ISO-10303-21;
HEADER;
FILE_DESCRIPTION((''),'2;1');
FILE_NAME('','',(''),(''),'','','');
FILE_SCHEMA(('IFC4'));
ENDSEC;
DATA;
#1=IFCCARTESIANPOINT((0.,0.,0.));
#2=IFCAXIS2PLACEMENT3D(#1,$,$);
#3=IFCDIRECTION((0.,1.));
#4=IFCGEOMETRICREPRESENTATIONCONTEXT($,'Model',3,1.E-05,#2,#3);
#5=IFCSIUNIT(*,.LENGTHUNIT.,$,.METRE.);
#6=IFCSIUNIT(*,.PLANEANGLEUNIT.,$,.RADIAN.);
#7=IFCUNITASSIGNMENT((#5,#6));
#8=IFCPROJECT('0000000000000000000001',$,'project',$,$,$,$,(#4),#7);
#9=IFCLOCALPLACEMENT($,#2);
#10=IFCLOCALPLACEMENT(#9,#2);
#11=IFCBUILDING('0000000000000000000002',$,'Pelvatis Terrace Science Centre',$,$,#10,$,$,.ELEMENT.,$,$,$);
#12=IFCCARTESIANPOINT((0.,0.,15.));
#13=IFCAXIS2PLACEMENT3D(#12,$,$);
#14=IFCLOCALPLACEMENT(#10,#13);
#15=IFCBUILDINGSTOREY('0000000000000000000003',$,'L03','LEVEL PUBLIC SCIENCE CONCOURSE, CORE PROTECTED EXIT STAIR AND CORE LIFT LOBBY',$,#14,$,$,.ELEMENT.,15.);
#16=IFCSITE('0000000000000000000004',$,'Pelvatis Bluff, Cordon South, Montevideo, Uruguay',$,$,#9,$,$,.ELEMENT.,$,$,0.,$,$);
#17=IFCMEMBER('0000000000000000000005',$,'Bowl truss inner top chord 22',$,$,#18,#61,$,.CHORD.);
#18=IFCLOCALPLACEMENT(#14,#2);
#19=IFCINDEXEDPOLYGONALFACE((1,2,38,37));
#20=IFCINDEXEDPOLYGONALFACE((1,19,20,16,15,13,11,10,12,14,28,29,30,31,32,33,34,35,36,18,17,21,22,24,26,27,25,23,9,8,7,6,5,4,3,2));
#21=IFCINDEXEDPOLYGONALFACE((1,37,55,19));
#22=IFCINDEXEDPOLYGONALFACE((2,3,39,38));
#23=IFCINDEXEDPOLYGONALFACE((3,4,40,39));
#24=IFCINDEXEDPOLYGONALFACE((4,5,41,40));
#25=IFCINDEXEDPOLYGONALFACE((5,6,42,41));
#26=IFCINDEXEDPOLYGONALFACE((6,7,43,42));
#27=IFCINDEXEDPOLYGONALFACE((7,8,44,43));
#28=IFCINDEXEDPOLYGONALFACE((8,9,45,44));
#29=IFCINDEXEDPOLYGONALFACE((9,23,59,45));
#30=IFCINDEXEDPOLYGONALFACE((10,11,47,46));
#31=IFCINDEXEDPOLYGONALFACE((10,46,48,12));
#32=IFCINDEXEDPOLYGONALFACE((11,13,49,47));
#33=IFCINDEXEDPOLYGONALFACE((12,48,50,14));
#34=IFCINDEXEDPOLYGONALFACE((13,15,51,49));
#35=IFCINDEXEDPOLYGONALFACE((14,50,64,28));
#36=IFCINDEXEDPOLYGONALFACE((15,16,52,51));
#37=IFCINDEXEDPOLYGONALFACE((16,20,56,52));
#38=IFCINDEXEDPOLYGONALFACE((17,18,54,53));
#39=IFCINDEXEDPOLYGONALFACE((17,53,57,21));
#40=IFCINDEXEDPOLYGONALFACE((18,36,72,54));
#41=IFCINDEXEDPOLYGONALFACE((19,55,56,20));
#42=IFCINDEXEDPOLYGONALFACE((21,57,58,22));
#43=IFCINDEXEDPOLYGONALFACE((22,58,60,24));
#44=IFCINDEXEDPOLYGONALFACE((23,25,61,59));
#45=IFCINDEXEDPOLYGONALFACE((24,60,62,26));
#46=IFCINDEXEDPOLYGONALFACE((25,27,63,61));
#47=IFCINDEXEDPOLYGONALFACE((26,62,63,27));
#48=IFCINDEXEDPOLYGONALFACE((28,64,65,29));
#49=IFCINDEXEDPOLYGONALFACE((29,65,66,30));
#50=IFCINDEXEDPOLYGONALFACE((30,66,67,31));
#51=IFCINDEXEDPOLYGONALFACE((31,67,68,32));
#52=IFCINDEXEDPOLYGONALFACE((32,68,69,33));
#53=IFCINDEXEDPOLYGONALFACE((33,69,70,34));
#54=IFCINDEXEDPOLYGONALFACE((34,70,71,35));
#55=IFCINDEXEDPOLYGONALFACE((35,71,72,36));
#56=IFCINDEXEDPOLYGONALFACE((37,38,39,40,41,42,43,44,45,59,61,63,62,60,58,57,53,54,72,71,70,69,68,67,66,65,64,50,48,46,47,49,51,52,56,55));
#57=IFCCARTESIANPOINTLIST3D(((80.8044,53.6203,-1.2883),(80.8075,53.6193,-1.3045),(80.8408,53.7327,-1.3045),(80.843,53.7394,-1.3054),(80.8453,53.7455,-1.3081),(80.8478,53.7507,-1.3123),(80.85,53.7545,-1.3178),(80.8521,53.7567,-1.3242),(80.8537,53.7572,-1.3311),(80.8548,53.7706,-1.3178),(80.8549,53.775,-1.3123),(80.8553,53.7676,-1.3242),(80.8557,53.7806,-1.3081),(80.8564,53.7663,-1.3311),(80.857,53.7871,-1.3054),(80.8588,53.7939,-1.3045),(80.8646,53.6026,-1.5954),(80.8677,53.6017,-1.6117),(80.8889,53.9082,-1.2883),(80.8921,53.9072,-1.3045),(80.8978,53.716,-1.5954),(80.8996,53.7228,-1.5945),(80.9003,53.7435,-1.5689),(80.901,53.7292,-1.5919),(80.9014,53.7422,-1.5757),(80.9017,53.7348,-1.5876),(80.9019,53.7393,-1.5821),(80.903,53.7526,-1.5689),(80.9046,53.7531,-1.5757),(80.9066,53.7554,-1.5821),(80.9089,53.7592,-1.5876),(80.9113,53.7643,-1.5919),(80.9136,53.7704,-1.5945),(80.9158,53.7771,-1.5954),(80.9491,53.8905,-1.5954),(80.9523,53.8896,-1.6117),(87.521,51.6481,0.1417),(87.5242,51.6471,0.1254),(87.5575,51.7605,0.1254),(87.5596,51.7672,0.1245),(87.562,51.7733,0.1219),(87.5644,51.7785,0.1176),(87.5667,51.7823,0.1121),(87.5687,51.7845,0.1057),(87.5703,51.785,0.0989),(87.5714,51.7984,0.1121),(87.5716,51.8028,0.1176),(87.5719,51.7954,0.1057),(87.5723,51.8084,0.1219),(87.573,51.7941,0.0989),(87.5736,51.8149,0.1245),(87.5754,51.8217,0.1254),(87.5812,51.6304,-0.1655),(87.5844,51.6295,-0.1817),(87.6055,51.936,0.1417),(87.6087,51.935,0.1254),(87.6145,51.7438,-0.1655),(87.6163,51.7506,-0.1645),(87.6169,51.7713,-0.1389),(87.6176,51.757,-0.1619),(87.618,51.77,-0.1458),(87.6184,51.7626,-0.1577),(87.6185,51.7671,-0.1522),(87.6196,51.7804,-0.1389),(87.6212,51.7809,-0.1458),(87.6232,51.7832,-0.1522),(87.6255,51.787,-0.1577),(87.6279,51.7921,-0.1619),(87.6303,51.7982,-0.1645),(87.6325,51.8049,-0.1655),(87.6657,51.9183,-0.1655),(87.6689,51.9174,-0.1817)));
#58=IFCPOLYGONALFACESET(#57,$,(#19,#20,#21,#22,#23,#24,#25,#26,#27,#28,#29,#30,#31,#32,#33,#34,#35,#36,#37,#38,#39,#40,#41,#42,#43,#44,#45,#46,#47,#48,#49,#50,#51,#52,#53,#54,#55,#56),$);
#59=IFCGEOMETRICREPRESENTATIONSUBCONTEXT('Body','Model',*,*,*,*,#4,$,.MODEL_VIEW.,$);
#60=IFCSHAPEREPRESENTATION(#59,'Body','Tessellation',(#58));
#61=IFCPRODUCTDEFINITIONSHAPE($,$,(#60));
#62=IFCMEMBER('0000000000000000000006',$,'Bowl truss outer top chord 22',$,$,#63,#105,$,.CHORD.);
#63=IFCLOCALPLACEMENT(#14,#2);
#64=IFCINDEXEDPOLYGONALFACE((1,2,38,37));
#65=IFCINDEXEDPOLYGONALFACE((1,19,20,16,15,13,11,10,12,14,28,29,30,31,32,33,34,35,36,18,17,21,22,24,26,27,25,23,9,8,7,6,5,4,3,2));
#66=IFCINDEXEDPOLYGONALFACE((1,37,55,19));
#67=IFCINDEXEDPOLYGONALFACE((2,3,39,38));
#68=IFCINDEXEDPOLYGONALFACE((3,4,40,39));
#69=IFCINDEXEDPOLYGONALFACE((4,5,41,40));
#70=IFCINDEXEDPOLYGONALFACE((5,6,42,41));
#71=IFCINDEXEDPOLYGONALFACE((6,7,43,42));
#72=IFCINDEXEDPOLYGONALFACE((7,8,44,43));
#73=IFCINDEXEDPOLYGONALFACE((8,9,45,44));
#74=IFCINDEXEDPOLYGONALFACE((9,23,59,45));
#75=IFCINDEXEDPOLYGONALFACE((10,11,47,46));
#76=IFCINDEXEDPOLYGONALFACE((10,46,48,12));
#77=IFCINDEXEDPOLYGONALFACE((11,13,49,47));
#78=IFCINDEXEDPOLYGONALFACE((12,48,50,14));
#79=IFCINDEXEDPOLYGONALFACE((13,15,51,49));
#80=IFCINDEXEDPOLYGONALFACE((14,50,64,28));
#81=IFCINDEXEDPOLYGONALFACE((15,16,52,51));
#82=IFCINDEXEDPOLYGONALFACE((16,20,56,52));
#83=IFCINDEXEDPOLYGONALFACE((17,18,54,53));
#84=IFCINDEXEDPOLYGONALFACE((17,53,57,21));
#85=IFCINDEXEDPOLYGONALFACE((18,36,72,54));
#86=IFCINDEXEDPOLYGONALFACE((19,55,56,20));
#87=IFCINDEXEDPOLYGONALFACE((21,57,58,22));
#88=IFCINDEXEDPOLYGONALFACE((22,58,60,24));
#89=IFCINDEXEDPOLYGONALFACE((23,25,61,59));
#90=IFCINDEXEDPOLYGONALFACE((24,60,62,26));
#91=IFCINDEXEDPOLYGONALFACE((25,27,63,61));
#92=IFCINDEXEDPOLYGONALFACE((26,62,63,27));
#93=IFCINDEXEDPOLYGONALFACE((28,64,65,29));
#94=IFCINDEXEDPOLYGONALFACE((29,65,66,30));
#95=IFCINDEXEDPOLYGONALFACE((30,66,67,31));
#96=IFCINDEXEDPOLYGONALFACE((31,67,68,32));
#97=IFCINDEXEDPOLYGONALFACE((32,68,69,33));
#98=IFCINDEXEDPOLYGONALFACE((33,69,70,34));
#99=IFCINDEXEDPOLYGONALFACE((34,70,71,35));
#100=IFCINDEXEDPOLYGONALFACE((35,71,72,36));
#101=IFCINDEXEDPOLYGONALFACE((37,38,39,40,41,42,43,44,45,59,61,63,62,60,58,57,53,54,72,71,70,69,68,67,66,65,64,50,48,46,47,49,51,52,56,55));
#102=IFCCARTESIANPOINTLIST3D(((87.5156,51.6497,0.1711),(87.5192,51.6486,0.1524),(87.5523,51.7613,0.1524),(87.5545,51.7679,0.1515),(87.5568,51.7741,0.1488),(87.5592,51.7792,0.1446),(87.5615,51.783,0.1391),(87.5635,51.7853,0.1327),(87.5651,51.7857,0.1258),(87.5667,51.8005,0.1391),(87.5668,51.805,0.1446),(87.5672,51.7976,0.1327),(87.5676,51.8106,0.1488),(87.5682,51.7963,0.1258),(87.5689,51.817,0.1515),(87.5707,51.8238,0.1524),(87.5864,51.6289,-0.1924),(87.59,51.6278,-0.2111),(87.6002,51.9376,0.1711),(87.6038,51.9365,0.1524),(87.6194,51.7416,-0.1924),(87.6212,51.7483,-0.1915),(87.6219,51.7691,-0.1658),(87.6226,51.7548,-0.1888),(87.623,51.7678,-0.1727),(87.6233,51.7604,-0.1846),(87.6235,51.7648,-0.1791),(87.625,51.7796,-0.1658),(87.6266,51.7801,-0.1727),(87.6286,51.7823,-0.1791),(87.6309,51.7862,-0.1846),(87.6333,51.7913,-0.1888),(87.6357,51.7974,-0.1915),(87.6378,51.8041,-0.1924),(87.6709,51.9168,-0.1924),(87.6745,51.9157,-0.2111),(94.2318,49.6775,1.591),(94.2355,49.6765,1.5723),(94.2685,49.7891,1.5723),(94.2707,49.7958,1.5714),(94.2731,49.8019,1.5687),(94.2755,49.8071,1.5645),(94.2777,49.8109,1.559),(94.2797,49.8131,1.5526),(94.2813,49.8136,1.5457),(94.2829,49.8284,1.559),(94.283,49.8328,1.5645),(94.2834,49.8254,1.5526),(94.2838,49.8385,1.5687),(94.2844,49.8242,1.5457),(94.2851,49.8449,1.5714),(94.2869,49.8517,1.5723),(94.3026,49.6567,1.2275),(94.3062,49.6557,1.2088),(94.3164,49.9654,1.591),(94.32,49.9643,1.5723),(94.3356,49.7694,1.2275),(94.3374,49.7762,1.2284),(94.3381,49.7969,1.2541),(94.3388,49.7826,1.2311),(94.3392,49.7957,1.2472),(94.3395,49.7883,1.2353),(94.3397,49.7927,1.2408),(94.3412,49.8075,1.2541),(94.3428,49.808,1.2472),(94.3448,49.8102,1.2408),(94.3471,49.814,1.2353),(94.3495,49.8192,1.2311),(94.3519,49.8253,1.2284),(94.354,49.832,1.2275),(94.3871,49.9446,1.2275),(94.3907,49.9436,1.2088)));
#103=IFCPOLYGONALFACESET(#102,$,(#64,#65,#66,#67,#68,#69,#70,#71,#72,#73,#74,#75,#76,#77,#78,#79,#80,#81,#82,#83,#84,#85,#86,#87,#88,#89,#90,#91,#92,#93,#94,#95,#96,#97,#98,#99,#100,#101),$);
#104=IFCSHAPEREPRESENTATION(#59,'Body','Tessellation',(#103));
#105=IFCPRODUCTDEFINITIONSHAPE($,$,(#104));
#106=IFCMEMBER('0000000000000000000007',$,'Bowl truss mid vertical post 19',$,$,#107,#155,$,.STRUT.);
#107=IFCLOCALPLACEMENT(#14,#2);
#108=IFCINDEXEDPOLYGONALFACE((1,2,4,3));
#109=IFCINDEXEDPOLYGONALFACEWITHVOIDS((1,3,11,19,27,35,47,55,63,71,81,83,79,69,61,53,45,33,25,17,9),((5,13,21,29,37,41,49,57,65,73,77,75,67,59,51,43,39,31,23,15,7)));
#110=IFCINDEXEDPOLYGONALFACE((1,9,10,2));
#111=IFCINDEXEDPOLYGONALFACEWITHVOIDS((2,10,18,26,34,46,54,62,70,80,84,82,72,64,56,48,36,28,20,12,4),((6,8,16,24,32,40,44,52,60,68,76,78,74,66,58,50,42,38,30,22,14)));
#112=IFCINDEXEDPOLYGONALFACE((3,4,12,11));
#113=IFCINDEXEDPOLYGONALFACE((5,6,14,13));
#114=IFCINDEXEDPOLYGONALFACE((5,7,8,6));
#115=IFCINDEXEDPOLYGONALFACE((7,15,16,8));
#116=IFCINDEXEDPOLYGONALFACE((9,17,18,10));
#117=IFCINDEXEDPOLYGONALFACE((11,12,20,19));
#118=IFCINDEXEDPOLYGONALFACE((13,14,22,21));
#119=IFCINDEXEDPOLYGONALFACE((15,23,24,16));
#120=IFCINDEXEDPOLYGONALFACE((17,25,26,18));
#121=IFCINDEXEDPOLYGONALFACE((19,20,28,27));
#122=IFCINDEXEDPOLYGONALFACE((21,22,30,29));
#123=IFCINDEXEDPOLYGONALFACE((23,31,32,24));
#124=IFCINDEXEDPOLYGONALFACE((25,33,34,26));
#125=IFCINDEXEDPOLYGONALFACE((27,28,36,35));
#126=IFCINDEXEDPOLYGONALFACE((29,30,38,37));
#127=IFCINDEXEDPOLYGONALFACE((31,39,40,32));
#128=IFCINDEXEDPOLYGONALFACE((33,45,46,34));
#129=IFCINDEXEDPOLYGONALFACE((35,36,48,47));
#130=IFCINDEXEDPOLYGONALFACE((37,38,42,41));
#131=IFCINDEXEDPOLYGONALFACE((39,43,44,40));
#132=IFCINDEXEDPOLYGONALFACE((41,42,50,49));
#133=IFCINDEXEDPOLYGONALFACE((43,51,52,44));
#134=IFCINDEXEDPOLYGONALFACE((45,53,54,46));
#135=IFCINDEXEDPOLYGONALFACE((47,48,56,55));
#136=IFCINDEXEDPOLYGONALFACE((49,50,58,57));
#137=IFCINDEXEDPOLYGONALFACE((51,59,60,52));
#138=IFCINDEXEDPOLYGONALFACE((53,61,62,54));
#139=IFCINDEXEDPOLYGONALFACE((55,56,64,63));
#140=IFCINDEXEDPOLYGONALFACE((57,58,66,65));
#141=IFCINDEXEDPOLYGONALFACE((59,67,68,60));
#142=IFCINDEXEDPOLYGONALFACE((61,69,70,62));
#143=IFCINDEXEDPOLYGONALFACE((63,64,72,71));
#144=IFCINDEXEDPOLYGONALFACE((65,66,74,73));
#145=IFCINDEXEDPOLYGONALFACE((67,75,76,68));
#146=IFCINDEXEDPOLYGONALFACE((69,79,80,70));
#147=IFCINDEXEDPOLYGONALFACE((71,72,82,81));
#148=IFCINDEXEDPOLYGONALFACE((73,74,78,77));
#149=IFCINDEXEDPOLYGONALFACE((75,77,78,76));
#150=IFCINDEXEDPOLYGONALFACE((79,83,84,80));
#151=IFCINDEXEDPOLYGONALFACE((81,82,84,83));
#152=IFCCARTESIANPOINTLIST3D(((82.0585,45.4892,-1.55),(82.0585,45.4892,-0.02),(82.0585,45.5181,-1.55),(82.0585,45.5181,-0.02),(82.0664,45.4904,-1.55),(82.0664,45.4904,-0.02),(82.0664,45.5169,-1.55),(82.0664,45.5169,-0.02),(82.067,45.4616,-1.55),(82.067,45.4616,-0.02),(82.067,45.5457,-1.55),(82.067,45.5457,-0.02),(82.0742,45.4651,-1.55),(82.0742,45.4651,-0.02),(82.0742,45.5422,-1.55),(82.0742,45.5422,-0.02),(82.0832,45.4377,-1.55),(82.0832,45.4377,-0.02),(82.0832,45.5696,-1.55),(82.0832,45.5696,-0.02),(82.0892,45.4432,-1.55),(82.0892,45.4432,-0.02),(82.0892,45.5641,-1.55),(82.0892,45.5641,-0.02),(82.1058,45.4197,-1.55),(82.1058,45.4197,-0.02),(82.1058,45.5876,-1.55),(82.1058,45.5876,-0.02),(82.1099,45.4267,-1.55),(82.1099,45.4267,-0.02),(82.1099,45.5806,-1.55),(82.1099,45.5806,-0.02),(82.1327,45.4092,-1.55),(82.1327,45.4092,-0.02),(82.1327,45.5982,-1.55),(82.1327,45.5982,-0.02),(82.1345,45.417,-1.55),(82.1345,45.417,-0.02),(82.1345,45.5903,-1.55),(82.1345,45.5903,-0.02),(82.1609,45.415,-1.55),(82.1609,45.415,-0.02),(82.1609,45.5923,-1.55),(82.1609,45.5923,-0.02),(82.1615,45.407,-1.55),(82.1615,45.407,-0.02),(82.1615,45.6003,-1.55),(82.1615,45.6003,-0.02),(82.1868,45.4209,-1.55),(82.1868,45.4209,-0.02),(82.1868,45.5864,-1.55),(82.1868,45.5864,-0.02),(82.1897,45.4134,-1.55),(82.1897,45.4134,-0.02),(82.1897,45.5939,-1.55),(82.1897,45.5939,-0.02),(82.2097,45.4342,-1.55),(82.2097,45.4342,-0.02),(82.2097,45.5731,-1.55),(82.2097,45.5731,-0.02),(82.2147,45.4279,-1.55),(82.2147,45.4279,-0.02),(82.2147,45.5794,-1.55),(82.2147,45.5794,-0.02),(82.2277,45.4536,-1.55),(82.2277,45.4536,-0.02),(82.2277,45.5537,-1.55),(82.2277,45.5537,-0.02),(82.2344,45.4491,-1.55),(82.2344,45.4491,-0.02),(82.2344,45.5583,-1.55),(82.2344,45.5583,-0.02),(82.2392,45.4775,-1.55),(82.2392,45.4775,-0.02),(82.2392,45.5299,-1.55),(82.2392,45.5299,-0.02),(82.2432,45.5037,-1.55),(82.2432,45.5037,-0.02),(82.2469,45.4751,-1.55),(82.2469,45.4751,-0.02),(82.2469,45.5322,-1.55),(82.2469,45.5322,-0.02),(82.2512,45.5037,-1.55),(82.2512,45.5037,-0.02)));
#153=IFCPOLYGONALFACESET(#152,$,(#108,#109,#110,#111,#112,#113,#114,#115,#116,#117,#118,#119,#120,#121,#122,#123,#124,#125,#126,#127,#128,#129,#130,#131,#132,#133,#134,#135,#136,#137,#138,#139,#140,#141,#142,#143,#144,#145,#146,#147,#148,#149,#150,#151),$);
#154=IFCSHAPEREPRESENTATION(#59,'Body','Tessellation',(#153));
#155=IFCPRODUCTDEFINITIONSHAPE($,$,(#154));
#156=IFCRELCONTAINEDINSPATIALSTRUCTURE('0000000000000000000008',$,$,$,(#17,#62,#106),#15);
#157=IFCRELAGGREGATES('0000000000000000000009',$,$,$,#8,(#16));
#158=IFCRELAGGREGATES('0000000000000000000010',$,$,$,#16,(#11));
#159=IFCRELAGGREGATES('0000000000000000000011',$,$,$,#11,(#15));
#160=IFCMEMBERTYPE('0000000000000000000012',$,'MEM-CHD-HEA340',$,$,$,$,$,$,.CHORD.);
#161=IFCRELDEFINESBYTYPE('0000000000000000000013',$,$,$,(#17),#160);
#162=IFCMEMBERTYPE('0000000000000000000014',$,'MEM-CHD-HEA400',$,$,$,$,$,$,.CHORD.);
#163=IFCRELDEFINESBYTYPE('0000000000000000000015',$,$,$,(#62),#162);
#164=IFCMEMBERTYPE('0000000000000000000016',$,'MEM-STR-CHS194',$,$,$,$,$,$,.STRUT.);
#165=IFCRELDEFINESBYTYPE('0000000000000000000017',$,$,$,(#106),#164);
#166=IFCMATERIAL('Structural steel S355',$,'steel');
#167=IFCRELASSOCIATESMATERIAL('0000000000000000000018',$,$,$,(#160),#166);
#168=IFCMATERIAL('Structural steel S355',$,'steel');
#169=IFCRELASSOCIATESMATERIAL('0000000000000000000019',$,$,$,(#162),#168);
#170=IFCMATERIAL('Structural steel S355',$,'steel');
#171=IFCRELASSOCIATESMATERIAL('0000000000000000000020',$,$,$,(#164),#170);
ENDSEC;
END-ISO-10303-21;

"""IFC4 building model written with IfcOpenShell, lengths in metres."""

from ifc_helpers import new_model, si_unit, direction, frame, origin, origin_2d, place, context, subcontext, project, spatial, hollow_circle, i_section, extrude, material, material_profile, profile_set, type_object, element, save


model = new_model("IFC4")

# Units and contexts
model_context = context("Model", 3, precision=1e-05, world=origin(), true_north=direction((0.0, 1.0)))
body_context = subcontext(model_context, "Body", "Model", "MODEL_VIEW")
ifc_project = project(units=[si_unit("LENGTHUNIT", "METRE"), si_unit("PLANEANGLEUNIT", "RADIAN")], contexts=[model_context])

# Site, building, storey
site_placement = place(None, origin())
site = spatial("IfcSite", under=ifc_project, at=site_placement, Name="Pelvatis Bluff, Cordon South, Montevideo, Uruguay", CompositionType="ELEMENT", RefElevation=0.0)
building_placement = place(site_placement, origin())
building = spatial("IfcBuilding", under=site, at=building_placement, Name="Pelvatis Terrace Science Centre", CompositionType="ELEMENT")
storey_placement = place(building_placement, frame((0.0, 0.0, 15.0)))
storey = spatial("IfcBuildingStorey", under=building, at=storey_placement, Name="L03", Description="LEVEL PUBLIC SCIENCE CONCOURSE, CORE PROTECTED EXIT STAIR AND CORE LIFT LOBBY", CompositionType="ELEMENT", Elevation=15.0)

# Members
ifc_material_1 = material(Name="Structural steel S355", Category="steel")
ifc_material_profile_1 = material_profile(ifc_material_1, i_section(OverallWidth=0.3, OverallDepth=0.3301, WebThickness=0.0095, FlangeThickness=0.0166, FilletRadius=0.0271, at=origin_2d()), Name="HEA 340")
ifc_profile_set_1 = profile_set([ifc_material_profile_1], Name="Structural steel S355")
member_type_1 = type_object("IfcMemberType", Name="MEM-CHD-HEA340", PredefinedType="CHORD", material=ifc_profile_set_1)
member_1_placement = place(storey_placement, frame((87.595, 51.7827, -0.02), z_axis=(-0.94008, 0.276034, -0.20014), x_axis=(-0.281734, -0.959493, 0.0)))
element("IfcMember", 1, at=member_1_placement, inside=storey, type_object=member_type_1, Name="Bowl truss inner top chord 22", PredefinedType="CHORD", context=body_context, shape_type="SweptSolid", body=[
    extrude(i_section(OverallWidth=0.3, OverallDepth=0.3301, WebThickness=0.0095, FlangeThickness=0.0166, FilletRadius=0.0271, at=origin_2d()), origin(), (0.0, 0.0, 1.0), 7.1448),
])
ifc_material_2 = material(Name="Structural steel S355", Category="steel")
ifc_material_profile_2 = material_profile(ifc_material_2, i_section(OverallWidth=0.3, OverallDepth=0.3899, WebThickness=0.011, FlangeThickness=0.019, FilletRadius=0.0271, at=origin_2d()), Name="HEA 400")
ifc_profile_set_2 = profile_set([ifc_material_profile_2], Name="Structural steel S355")
member_type_2 = type_object("IfcMemberType", Name="MEM-CHD-HEA400", PredefinedType="CHORD", material=ifc_profile_set_2)
member_2_placement = place(storey_placement, frame((94.3113, 49.8105, 1.3999), z_axis=(-0.940338, 0.27612, -0.198801), x_axis=(-0.281743, -0.95949, 0.0)))
element("IfcMember", 2, at=member_2_placement, inside=storey, type_object=member_type_2, Name="Bowl truss outer top chord 22", PredefinedType="CHORD", context=body_context, shape_type="SweptSolid", body=[
    extrude(i_section(OverallWidth=0.3, OverallDepth=0.3899, WebThickness=0.011, FlangeThickness=0.019, FilletRadius=0.0271, at=origin_2d()), origin(), (0.0, 0.0, 1.0), 7.1423),
])
ifc_material_3 = material(Name="Structural steel S355", Category="steel")
ifc_material_profile_3 = material_profile(ifc_material_3, hollow_circle(Radius=0.0969, WallThickness=0.0081, at=origin_2d()), Name="CHS 193.7x8.0")
ifc_profile_set_3 = profile_set([ifc_material_profile_3], Name="Structural steel S355")
member_type_3 = type_object("IfcMemberType", Name="MEM-STR-CHS194", PredefinedType="STRUT", material=ifc_profile_set_3)
for number, where, z_axis, x_axis, name in (
    (3, (82.1543, 45.5037, -1.55), (0.0, 0.0, 1.0), (1.0, 0.0, 0.0), "Bowl truss mid vertical post 19"),
):
    element("IfcMember", number, at=place(storey_placement, frame(where, z_axis=z_axis, x_axis=x_axis)), inside=storey, type_object=member_type_3, Name=name, PredefinedType="STRUT", context=body_context, shape_type="SweptSolid", body=[
        extrude(hollow_circle(Radius=0.0969, WallThickness=0.0081, at=origin_2d()), origin(), (0.0, 0.0, 1.0), 1.53),
    ])

save(model, "model.ifc")
